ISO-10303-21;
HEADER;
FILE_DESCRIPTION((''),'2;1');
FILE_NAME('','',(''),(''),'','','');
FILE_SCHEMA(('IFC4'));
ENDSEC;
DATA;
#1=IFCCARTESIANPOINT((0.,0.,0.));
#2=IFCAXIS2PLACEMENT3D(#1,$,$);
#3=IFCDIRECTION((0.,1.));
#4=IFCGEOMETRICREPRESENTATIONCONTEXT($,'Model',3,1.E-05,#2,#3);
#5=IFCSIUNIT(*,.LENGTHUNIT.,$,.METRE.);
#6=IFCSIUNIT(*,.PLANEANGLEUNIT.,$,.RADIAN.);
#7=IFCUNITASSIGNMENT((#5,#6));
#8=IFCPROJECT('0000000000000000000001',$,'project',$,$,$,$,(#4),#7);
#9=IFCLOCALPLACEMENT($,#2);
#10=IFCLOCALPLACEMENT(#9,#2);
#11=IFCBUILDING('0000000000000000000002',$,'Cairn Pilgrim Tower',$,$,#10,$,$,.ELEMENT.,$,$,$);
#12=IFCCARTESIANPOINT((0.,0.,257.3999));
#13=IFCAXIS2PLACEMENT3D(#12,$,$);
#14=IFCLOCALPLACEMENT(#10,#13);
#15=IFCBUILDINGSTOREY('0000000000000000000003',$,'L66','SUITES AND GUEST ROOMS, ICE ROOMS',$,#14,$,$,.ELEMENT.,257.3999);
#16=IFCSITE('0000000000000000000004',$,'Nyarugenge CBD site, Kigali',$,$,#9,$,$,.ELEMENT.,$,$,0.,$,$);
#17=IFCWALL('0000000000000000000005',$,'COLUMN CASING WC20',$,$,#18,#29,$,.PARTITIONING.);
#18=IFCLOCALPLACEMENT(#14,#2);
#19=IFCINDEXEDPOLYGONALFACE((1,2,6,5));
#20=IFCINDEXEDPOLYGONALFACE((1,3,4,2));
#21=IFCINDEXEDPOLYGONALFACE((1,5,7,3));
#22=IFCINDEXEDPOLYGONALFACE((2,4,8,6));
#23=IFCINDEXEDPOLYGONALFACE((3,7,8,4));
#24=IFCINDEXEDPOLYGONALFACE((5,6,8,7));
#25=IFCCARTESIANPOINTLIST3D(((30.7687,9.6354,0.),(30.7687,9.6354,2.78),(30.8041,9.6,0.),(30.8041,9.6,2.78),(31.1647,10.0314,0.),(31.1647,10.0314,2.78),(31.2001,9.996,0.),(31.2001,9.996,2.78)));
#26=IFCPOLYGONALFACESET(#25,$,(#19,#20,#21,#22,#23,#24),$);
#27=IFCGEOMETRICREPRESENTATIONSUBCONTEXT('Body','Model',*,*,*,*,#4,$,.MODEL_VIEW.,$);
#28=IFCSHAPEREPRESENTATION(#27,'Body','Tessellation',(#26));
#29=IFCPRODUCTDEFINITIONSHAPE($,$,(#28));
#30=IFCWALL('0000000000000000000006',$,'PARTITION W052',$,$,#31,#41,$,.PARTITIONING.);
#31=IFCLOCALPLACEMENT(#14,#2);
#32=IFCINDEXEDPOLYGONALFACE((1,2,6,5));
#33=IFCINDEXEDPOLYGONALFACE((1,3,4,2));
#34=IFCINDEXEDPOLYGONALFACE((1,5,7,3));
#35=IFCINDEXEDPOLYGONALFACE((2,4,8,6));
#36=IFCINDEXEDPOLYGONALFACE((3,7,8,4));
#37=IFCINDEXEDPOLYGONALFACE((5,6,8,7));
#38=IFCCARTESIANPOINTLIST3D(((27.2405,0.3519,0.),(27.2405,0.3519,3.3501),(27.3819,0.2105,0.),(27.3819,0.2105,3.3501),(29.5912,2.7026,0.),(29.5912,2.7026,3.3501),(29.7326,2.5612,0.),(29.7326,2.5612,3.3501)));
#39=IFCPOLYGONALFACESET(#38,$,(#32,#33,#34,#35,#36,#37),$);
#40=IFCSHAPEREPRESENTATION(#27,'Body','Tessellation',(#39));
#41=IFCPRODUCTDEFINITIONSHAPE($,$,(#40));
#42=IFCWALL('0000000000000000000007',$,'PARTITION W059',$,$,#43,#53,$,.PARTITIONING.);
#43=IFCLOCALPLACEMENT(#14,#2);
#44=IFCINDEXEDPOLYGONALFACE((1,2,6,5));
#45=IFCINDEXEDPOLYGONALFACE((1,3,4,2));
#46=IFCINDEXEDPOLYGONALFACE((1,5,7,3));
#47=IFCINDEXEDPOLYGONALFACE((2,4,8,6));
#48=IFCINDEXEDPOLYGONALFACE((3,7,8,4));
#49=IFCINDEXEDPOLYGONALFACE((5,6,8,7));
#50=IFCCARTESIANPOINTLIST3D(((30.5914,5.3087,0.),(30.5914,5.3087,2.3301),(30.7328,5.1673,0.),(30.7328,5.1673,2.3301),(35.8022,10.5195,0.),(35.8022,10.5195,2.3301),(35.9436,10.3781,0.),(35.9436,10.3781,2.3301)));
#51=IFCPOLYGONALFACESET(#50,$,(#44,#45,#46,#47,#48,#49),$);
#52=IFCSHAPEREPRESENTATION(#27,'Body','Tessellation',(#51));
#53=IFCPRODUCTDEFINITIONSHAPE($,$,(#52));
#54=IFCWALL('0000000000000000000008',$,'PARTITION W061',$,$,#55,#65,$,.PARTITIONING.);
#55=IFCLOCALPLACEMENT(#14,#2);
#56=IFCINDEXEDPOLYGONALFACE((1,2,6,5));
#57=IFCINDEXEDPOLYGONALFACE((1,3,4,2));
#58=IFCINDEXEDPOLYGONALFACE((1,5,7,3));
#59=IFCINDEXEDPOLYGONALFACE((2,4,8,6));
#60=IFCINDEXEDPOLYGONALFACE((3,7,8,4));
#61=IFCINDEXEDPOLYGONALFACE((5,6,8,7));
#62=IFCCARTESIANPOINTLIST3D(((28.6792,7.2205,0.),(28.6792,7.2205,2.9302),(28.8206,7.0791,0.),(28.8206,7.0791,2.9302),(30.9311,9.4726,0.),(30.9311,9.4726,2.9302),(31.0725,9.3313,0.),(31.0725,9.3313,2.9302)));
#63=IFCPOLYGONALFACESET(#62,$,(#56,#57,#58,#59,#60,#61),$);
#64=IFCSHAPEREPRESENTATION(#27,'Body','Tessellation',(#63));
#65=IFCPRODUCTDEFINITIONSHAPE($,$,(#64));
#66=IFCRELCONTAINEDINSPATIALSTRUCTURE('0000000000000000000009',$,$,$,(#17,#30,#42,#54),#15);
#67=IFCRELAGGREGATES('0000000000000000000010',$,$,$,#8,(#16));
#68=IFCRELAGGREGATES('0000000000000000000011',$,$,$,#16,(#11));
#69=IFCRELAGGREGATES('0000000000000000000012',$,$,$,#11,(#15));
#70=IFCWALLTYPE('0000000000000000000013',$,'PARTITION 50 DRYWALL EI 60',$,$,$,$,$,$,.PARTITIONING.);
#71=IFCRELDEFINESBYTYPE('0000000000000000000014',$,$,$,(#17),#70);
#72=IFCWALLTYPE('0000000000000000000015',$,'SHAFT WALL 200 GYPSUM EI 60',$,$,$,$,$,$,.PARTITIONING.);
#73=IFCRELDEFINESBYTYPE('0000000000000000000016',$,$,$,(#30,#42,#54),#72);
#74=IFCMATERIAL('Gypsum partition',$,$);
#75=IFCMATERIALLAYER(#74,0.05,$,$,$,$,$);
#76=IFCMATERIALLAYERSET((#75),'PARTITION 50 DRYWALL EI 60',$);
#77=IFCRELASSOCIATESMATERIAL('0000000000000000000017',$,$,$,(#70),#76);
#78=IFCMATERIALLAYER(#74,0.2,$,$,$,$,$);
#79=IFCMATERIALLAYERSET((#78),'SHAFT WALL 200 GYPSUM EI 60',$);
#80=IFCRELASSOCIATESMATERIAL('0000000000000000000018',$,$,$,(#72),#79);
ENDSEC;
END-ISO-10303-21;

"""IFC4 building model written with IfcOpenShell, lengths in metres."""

from ifc_helpers import new_model, si_unit, direction, frame, frame_2d, origin, place, context, subcontext, project, spatial, rectangle, extrude, material, layer, layer_set, type_object, element, save


model = new_model("IFC4")

# Units and contexts
model_context = context("Model", 3, precision=1e-05, world=origin(), true_north=direction((0.0, 1.0)))
body_context = subcontext(model_context, "Body", "Model", "MODEL_VIEW")
ifc_project = project(units=[si_unit("LENGTHUNIT", "METRE"), si_unit("PLANEANGLEUNIT", "RADIAN")], contexts=[model_context])

# Site, building, storey
site_placement = place(None, origin())
site = spatial("IfcSite", under=ifc_project, at=site_placement, Name="Nyarugenge CBD site, Kigali", CompositionType="ELEMENT", RefElevation=0.0)
building_placement = place(site_placement, origin())
building = spatial("IfcBuilding", under=site, at=building_placement, Name="Cairn Pilgrim Tower", CompositionType="ELEMENT")
storey_placement = place(building_placement, frame((0.0, 0.0, 257.3999)))
storey = spatial("IfcBuildingStorey", under=building, at=storey_placement, Name="L66", Description="SUITES AND GUEST ROOMS, ICE ROOMS", CompositionType="ELEMENT", Elevation=257.3999)

# Shared definitions
ifc_material_1 = material(Name="Gypsum partition")

# Walls
ifc_layer_1 = layer(ifc_material_1, 0.05)
ifc_layer_set_1 = layer_set([ifc_layer_1], Name="PARTITION 50 DRYWALL EI 60")
wall_type_1 = type_object("IfcWallType", Name="PARTITION 50 DRYWALL EI 60", PredefinedType="PARTITIONING", material=ifc_layer_set_1)
wall_1_placement = place(storey_placement, frame((30.7864, 9.6177, 0.0), z_axis=(0.0, 0.0, 1.0), x_axis=(0.707107, 0.707107, 0.0)))
element("IfcWall", 1, at=wall_1_placement, inside=storey, type_object=wall_type_1, Name="COLUMN CASING WC20", PredefinedType="PARTITIONING", context=body_context, shape_type="SweptSolid", body=[
    extrude(rectangle(XDim=0.5601, YDim=0.05, at=frame_2d((0.28, 0.0))), origin(), (0.0, 0.0, 1.0), 2.78),
])
ifc_layer_2 = layer(ifc_material_1, 0.2)
ifc_layer_set_2 = layer_set([ifc_layer_2], Name="SHAFT WALL 200 GYPSUM EI 60")
wall_type_2 = type_object("IfcWallType", Name="SHAFT WALL 200 GYPSUM EI 60", PredefinedType="PARTITIONING", material=ifc_layer_set_2)
wall_2_placement = place(storey_placement, frame((27.3113, 0.2812, 0.0), z_axis=(0.0, 0.0, 1.0), x_axis=(0.707107, 0.707107, 0.0)))
element("IfcWall", 2, at=wall_2_placement, inside=storey, type_object=wall_type_2, Name="PARTITION W052", PredefinedType="PARTITIONING", context=body_context, shape_type="SweptSolid", body=[
    extrude(rectangle(XDim=3.3245, YDim=0.2, at=frame_2d((1.6621, 0.0))), origin(), (0.0, 0.0, 1.0), 3.3501),
])
wall_3_placement = place(storey_placement, frame((30.6621, 5.238, 0.0), z_axis=(0.0, 0.0, 1.0), x_axis=(0.707107, 0.707107, 0.0)))
element("IfcWall", 3, at=wall_3_placement, inside=storey, type_object=wall_type_2, Name="PARTITION W059", PredefinedType="PARTITIONING", context=body_context, shape_type="SweptSolid", body=[
    extrude(rectangle(XDim=7.3691, YDim=0.2, at=frame_2d((3.6846, 0.0))), origin(), (0.0, 0.0, 1.0), 2.3301),
])
wall_4_placement = place(storey_placement, frame((28.75, 7.1499, 0.0), z_axis=(0.0, 0.0, 1.0), x_axis=(0.707068, 0.707145, 0.0)))
element("IfcWall", 4, at=wall_4_placement, inside=storey, type_object=wall_type_2, Name="PARTITION W061", PredefinedType="PARTITIONING", context=body_context, shape_type="SweptSolid", body=[
    extrude(rectangle(XDim=3.1848, YDim=0.2, at=frame_2d((1.5923, 0.0))), origin(), (0.0, 0.0, 1.0), 2.9302),
])

save(model, "model.ifc")
